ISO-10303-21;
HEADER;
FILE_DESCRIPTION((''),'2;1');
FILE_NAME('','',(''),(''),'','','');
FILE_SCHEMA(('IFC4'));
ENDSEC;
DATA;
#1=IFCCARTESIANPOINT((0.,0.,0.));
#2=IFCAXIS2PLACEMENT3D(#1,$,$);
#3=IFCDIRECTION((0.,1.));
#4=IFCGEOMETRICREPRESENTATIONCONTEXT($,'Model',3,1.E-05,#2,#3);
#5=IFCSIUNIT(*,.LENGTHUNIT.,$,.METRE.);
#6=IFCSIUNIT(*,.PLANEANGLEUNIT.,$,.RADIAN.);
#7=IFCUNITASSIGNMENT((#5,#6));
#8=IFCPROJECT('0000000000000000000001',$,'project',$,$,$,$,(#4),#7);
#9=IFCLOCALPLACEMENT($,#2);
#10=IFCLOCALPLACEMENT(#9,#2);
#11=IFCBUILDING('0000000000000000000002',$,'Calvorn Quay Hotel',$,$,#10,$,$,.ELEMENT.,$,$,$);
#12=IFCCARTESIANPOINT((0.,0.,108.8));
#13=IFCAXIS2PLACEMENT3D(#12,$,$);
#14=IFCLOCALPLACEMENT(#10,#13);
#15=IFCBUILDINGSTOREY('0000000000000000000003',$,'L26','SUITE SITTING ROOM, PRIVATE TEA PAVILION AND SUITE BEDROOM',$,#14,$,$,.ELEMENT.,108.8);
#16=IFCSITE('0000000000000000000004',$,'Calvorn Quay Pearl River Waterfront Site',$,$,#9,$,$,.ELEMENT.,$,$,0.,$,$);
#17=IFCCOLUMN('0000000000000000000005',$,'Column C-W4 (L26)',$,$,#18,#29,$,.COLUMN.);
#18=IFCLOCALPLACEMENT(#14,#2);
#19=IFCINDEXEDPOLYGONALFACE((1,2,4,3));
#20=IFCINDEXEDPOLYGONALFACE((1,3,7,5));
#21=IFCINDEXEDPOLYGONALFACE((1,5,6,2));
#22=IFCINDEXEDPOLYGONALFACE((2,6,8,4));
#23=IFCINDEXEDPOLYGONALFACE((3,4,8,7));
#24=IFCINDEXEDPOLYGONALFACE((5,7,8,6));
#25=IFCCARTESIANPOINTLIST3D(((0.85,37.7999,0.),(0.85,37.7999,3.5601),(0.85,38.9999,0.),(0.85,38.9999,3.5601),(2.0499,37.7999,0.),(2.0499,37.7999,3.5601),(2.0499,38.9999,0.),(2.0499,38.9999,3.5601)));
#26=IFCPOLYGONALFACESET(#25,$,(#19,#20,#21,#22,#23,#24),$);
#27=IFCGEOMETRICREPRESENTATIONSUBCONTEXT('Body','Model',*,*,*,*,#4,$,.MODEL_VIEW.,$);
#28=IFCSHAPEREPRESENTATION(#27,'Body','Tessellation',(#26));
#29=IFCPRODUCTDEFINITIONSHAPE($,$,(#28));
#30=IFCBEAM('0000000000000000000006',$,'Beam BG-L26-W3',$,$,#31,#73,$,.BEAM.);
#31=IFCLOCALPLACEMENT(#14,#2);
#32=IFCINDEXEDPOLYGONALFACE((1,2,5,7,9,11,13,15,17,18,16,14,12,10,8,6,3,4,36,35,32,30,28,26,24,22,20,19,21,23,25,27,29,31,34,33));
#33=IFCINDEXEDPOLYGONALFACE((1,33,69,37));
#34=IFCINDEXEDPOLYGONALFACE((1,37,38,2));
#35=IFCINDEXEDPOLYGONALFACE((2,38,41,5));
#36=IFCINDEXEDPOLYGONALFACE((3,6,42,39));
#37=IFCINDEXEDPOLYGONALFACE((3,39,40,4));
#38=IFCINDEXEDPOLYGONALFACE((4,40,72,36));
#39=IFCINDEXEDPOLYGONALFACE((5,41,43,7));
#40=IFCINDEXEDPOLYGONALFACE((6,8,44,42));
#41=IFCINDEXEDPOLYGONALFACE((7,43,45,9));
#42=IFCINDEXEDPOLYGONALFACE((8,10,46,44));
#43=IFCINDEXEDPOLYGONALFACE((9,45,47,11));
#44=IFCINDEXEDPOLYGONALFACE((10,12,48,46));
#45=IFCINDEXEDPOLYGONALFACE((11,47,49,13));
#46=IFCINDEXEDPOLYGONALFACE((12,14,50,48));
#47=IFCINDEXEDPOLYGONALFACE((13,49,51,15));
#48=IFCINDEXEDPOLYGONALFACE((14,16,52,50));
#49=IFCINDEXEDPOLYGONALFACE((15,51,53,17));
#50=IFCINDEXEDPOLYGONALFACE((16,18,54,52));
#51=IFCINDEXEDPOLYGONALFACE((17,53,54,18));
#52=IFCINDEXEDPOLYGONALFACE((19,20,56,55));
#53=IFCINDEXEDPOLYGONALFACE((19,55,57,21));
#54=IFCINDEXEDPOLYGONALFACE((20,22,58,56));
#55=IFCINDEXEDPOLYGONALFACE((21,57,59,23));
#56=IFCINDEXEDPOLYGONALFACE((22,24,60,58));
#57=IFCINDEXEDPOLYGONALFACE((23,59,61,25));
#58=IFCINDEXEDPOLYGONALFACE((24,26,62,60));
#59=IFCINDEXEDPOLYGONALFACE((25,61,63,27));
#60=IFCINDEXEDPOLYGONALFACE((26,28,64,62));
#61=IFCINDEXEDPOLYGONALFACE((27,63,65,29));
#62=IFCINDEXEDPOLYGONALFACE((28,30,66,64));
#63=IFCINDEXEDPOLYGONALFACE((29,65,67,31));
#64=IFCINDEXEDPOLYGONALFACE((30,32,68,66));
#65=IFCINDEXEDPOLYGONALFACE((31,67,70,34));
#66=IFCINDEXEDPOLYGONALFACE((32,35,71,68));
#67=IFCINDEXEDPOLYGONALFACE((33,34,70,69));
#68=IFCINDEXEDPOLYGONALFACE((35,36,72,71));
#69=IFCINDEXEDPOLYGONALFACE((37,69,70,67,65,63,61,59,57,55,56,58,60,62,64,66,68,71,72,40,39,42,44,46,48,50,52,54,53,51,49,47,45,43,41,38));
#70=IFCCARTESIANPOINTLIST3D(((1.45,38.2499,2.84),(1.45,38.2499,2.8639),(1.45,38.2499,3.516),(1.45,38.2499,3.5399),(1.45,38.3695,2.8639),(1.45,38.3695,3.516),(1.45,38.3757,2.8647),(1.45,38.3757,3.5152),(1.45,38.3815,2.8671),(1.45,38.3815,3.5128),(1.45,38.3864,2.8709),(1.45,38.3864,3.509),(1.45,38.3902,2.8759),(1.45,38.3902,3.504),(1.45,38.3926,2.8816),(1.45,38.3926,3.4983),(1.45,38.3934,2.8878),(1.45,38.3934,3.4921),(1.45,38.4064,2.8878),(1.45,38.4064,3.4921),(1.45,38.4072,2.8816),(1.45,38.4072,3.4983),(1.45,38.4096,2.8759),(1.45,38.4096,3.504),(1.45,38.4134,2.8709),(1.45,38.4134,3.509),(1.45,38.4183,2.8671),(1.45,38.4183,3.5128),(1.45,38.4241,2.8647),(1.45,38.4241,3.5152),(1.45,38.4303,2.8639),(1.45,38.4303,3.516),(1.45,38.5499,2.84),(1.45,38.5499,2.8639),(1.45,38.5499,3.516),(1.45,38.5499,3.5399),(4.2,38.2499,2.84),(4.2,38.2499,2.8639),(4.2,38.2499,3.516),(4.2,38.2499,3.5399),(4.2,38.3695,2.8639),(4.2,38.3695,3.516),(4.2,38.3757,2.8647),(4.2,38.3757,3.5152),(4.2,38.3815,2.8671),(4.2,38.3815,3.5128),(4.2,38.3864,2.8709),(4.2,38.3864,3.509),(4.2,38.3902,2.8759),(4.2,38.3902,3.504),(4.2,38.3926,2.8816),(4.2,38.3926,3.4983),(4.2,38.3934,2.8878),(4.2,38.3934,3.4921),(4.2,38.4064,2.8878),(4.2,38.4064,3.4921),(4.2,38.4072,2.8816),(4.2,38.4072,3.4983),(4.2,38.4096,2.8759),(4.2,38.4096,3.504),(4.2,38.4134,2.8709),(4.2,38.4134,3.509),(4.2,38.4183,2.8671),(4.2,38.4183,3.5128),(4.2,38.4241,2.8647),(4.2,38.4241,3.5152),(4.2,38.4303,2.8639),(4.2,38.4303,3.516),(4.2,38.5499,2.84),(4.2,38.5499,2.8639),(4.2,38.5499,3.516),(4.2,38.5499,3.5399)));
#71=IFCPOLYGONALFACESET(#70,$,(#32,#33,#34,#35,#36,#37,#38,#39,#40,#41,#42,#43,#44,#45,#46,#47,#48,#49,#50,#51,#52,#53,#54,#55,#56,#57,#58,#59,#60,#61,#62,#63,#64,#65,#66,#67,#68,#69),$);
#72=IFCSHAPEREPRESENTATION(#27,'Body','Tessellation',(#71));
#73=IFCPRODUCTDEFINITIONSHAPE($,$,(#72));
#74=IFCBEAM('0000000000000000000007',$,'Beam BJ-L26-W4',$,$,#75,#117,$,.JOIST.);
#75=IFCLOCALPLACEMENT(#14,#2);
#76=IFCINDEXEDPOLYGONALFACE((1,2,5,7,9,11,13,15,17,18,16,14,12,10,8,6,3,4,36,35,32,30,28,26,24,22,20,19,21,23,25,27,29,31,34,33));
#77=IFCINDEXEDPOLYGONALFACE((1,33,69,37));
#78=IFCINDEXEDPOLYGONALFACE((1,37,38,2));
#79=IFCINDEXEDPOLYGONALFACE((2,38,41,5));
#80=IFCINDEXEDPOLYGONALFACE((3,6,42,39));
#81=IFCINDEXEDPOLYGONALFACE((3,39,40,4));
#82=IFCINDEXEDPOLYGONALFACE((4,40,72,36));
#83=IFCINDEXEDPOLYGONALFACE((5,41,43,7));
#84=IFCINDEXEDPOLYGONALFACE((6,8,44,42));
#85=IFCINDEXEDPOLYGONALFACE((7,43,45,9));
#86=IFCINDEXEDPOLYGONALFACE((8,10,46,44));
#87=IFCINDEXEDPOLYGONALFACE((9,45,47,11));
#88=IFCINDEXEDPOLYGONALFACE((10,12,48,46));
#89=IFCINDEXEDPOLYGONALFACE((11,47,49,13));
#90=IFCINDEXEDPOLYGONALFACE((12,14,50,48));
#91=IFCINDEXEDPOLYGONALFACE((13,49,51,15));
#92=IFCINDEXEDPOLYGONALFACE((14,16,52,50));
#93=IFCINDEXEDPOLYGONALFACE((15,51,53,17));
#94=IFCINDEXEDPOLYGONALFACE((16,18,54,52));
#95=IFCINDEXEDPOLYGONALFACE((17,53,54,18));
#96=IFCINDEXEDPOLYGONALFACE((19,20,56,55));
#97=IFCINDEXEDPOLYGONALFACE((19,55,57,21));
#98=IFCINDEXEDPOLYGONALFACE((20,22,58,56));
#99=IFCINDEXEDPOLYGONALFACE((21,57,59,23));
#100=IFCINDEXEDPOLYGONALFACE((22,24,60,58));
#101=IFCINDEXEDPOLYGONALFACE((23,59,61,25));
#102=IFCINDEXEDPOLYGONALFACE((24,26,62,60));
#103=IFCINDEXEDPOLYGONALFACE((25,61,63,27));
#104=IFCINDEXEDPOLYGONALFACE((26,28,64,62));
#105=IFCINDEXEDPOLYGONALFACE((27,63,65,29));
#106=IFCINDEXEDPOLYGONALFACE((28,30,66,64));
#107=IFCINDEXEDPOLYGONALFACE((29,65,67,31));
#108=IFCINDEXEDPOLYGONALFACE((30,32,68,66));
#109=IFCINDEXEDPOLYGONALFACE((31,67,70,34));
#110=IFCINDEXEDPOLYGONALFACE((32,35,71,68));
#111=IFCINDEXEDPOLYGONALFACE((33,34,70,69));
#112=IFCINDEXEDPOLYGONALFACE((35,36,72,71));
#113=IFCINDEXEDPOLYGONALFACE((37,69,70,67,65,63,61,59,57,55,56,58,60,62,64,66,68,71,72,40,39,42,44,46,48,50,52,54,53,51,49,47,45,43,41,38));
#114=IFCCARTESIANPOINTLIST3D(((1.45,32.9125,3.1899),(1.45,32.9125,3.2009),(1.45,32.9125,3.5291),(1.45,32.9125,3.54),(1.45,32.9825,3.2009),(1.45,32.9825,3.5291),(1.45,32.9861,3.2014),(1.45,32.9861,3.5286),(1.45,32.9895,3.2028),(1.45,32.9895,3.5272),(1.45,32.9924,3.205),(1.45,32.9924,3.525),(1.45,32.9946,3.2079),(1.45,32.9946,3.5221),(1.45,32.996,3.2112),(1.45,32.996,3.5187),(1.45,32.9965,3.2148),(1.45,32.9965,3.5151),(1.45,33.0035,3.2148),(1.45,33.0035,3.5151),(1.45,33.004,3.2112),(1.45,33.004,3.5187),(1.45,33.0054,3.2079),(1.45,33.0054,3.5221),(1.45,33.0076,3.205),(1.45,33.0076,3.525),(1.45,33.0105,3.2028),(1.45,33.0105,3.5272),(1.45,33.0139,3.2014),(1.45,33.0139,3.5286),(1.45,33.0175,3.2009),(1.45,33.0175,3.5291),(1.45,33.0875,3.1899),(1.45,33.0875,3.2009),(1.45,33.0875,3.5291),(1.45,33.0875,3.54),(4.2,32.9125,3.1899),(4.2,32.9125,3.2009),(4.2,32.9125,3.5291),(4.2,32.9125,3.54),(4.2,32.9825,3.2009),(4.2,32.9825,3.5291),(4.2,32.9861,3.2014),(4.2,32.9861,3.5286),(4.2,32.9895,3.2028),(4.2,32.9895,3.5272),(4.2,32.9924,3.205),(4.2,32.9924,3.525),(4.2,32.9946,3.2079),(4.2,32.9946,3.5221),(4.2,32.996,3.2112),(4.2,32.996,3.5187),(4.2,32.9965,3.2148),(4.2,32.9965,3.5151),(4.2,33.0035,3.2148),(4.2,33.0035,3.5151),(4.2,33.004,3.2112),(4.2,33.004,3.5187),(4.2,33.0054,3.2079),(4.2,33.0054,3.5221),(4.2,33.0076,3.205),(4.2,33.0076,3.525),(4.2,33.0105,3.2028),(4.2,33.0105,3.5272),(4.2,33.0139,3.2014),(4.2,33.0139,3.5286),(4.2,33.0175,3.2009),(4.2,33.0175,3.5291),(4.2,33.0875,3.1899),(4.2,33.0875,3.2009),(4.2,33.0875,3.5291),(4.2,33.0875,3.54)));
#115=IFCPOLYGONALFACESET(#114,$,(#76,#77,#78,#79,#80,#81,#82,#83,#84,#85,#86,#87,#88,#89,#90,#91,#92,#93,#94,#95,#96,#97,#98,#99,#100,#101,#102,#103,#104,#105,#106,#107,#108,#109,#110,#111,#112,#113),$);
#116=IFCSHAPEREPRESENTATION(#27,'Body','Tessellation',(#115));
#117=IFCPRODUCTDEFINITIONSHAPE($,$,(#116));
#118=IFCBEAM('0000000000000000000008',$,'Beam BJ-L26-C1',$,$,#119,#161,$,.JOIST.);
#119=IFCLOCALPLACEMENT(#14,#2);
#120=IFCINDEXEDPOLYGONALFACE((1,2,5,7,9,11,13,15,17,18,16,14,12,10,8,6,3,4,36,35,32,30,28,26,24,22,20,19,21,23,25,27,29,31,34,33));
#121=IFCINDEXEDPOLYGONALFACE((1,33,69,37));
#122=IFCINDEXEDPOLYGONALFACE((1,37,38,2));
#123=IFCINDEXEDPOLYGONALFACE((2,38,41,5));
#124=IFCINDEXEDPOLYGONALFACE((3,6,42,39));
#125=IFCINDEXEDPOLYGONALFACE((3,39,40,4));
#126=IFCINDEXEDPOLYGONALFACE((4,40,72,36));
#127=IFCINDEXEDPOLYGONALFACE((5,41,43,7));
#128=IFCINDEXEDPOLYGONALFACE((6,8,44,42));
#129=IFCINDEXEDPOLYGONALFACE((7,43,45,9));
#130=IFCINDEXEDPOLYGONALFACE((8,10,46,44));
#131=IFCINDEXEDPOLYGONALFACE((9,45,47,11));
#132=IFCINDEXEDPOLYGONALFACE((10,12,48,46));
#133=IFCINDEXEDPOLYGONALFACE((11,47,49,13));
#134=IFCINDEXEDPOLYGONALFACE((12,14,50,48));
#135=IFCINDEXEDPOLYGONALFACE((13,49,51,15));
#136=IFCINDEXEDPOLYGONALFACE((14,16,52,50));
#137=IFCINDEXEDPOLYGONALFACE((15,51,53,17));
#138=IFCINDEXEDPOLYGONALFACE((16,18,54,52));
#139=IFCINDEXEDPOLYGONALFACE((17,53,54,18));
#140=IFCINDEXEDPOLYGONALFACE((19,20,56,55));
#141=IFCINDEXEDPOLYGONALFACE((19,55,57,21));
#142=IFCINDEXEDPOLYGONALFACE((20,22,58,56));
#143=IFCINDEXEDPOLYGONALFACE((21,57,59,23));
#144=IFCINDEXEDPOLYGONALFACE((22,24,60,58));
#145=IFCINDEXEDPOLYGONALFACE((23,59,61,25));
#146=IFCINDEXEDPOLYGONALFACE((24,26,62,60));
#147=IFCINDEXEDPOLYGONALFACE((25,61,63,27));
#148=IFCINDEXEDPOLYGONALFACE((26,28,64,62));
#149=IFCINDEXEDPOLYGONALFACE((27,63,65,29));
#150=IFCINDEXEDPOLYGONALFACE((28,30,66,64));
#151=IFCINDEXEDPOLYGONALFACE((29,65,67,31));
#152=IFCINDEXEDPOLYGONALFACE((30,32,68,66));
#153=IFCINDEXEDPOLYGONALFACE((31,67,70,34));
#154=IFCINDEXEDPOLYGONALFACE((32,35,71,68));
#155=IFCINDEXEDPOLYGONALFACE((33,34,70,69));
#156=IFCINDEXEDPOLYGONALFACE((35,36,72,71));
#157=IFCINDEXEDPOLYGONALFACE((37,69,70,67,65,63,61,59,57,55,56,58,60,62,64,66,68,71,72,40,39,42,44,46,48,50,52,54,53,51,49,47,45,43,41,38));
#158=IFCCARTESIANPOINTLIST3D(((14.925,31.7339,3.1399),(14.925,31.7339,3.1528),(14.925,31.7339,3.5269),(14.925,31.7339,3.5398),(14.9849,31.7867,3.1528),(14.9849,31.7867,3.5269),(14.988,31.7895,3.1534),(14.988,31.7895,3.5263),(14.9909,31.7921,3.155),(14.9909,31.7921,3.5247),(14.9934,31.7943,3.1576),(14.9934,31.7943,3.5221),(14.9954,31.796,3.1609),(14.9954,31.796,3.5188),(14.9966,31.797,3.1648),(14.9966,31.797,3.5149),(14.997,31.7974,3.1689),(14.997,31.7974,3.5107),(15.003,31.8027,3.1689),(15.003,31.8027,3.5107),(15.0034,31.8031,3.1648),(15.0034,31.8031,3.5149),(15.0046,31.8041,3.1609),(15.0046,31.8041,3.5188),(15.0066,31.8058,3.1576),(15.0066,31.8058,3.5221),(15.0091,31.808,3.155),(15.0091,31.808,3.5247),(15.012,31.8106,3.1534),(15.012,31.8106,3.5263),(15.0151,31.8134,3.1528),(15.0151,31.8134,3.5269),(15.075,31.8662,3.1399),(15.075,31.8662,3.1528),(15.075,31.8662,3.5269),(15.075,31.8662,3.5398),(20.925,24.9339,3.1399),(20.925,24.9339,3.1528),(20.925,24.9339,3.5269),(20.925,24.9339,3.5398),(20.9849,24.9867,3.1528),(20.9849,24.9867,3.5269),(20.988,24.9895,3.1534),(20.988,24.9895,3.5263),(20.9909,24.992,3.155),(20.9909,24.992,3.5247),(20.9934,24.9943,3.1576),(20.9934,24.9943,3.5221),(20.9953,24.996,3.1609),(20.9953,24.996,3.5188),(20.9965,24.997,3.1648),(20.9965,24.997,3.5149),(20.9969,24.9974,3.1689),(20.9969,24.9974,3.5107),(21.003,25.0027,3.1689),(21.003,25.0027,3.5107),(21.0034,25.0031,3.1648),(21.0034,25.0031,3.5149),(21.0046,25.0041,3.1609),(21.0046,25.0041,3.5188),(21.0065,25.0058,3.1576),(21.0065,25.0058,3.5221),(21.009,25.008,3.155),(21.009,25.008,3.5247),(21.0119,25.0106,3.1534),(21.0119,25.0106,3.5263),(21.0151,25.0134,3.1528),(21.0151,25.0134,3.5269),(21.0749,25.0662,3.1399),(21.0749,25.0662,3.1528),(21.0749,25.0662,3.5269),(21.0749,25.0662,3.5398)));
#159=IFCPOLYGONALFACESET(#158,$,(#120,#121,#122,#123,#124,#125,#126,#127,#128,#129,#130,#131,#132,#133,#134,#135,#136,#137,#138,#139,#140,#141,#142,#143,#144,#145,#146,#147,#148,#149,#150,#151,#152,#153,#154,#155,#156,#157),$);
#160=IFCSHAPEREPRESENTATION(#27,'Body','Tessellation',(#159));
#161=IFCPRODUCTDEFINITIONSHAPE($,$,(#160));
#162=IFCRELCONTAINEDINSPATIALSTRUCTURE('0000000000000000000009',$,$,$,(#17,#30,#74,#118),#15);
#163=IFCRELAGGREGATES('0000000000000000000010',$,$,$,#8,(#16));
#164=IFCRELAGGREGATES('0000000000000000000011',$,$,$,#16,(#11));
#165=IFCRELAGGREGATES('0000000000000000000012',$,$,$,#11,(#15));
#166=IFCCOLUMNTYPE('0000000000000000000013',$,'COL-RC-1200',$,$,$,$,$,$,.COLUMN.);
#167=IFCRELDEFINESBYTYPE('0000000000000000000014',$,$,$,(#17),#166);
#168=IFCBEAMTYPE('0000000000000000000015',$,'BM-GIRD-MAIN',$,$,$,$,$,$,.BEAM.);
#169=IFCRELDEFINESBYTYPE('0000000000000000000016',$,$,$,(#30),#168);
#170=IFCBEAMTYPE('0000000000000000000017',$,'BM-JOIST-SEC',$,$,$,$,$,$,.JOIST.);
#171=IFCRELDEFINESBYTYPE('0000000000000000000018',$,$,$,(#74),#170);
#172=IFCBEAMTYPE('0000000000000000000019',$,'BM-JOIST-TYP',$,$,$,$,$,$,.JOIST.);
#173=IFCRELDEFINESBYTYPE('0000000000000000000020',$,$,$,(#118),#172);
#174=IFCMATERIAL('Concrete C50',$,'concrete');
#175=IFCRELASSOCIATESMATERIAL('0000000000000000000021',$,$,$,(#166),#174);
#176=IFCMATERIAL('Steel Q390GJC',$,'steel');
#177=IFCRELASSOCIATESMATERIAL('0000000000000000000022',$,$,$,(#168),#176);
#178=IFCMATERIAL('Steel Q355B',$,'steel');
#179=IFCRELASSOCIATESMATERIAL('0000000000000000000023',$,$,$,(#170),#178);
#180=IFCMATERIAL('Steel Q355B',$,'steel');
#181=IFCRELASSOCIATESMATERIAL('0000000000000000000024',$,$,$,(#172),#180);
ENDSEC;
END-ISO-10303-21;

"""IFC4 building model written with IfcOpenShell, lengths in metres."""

from ifc_helpers import new_model, si_unit, direction, frame, origin, origin_2d, place, context, subcontext, project, spatial, rectangle, i_section, extrude, material, material_profile, profile_set, type_object, element, save


model = new_model("IFC4")

# Units and contexts
model_context = context("Model", 3, precision=1e-05, world=origin(), true_north=direction((0.0, 1.0)))
body_context = subcontext(model_context, "Body", "Model", "MODEL_VIEW")
ifc_project = project(units=[si_unit("LENGTHUNIT", "METRE"), si_unit("PLANEANGLEUNIT", "RADIAN")], contexts=[model_context])

# Site, building, storey
site_placement = place(None, origin())
site = spatial("IfcSite", under=ifc_project, at=site_placement, Name="Calvorn Quay Pearl River Waterfront Site", CompositionType="ELEMENT", RefElevation=0.0)
building_placement = place(site_placement, origin())
building = spatial("IfcBuilding", under=site, at=building_placement, Name="Calvorn Quay Hotel", CompositionType="ELEMENT")
storey_placement = place(building_placement, frame((0.0, 0.0, 108.8)))
storey = spatial("IfcBuildingStorey", under=building, at=storey_placement, Name="L26", Description="SUITE SITTING ROOM, PRIVATE TEA PAVILION AND SUITE BEDROOM", CompositionType="ELEMENT", Elevation=108.8)

# Column
ifc_material_1 = material(Name="Concrete C50", Category="concrete")
ifc_material_profile_1 = material_profile(ifc_material_1, rectangle(XDim=1.2, YDim=1.2, at=origin_2d()), Name="RC1200x1200")
ifc_profile_set_1 = profile_set([ifc_material_profile_1], Name="Concrete C50")
column_type = type_object("IfcColumnType", Name="COL-RC-1200", PredefinedType="COLUMN", material=ifc_profile_set_1)
column_placement = place(storey_placement, frame((1.45, 38.3999, 0.0), z_axis=(0.0, 0.0, 1.0), x_axis=(1.0, 0.0, 0.0)))
element("IfcColumn", 1, at=column_placement, inside=storey, type_object=column_type, Name="Column C-W4 (L26)", PredefinedType="COLUMN", context=body_context, shape_type="SweptSolid", body=[
    extrude(rectangle(XDim=1.2, YDim=1.2, at=origin_2d()), origin(), (0.0, 0.0, 1.0), 3.5601),
])

# Beams
ifc_material_2 = material(Name="Steel Q390GJC", Category="steel")
ifc_material_profile_2 = material_profile(ifc_material_2, i_section(OverallWidth=0.3, OverallDepth=0.7, WebThickness=0.0129, FlangeThickness=0.0239, FilletRadius=0.0239, at=origin_2d()), Name="HN700x300x13x24")
ifc_profile_set_2 = profile_set([ifc_material_profile_2], Name="Steel Q390GJC")
beam_type_1 = type_object("IfcBeamType", Name="BM-GIRD-MAIN", PredefinedType="BEAM", material=ifc_profile_set_2)
beam_1_placement = place(storey_placement, frame((1.45, 38.3999, 3.1899), z_axis=(1.0, 0.0, 0.0), x_axis=(0.0, 1.0, 0.0)))
element("IfcBeam", 2, at=beam_1_placement, inside=storey, type_object=beam_type_1, Name="Beam BG-L26-W3", PredefinedType="BEAM", context=body_context, shape_type="SweptSolid", body=[
    extrude(i_section(OverallWidth=0.3, OverallDepth=0.7, WebThickness=0.0129, FlangeThickness=0.0239, FilletRadius=0.0239, at=origin_2d()), origin(), (0.0, 0.0, 1.0), 2.75),
])
ifc_material_3 = material(Name="Steel Q355B", Category="steel")
ifc_material_profile_3 = material_profile(ifc_material_3, i_section(OverallWidth=0.175, OverallDepth=0.3501, WebThickness=0.0071, FlangeThickness=0.011, FilletRadius=0.0139, at=origin_2d()), Name="HN350x175x7x11")
ifc_profile_set_3 = profile_set([ifc_material_profile_3], Name="Steel Q355B")
beam_type_2 = type_object("IfcBeamType", Name="BM-JOIST-SEC", PredefinedType="JOIST", material=ifc_profile_set_3)
beam_2_placement = place(storey_placement, frame((1.45, 33.0, 3.365), z_axis=(1.0, 0.0, 0.0), x_axis=(0.0, 1.0, 0.0)))
element("IfcBeam", 3, at=beam_2_placement, inside=storey, type_object=beam_type_2, Name="Beam BJ-L26-W4", PredefinedType="JOIST", context=body_context, shape_type="SweptSolid", body=[
    extrude(i_section(OverallWidth=0.175, OverallDepth=0.3501, WebThickness=0.0071, FlangeThickness=0.011, FilletRadius=0.0139, at=origin_2d()), origin(), (0.0, 0.0, 1.0), 2.75),
])
ifc_material_4 = material(Name="Steel Q355B", Category="steel")
ifc_material_profile_4 = material_profile(ifc_material_4, i_section(OverallWidth=0.2, OverallDepth=0.3999, WebThickness=0.0081, FlangeThickness=0.0129, FilletRadius=0.0161, at=origin_2d()), Name="HN400x200x8x13")
ifc_profile_set_4 = profile_set([ifc_material_profile_4], Name="Steel Q355B")
beam_type_3 = type_object("IfcBeamType", Name="BM-JOIST-TYP", PredefinedType="JOIST", material=ifc_profile_set_4)
beam_3_placement = place(storey_placement, frame((15.0, 31.8, 3.3398), z_axis=(0.661619, -0.74984, 0.0), x_axis=(0.74984, 0.661619, 0.0)))
element("IfcBeam", 4, at=beam_3_placement, inside=storey, type_object=beam_type_3, Name="Beam BJ-L26-C1", PredefinedType="JOIST", context=body_context, shape_type="SweptSolid", body=[
    extrude(i_section(OverallWidth=0.2, OverallDepth=0.3999, WebThickness=0.0081, FlangeThickness=0.0129, FilletRadius=0.0161, at=origin_2d()), origin(), (0.0, 0.0, 1.0), 9.0686),
])

save(model, "model.ifc")
